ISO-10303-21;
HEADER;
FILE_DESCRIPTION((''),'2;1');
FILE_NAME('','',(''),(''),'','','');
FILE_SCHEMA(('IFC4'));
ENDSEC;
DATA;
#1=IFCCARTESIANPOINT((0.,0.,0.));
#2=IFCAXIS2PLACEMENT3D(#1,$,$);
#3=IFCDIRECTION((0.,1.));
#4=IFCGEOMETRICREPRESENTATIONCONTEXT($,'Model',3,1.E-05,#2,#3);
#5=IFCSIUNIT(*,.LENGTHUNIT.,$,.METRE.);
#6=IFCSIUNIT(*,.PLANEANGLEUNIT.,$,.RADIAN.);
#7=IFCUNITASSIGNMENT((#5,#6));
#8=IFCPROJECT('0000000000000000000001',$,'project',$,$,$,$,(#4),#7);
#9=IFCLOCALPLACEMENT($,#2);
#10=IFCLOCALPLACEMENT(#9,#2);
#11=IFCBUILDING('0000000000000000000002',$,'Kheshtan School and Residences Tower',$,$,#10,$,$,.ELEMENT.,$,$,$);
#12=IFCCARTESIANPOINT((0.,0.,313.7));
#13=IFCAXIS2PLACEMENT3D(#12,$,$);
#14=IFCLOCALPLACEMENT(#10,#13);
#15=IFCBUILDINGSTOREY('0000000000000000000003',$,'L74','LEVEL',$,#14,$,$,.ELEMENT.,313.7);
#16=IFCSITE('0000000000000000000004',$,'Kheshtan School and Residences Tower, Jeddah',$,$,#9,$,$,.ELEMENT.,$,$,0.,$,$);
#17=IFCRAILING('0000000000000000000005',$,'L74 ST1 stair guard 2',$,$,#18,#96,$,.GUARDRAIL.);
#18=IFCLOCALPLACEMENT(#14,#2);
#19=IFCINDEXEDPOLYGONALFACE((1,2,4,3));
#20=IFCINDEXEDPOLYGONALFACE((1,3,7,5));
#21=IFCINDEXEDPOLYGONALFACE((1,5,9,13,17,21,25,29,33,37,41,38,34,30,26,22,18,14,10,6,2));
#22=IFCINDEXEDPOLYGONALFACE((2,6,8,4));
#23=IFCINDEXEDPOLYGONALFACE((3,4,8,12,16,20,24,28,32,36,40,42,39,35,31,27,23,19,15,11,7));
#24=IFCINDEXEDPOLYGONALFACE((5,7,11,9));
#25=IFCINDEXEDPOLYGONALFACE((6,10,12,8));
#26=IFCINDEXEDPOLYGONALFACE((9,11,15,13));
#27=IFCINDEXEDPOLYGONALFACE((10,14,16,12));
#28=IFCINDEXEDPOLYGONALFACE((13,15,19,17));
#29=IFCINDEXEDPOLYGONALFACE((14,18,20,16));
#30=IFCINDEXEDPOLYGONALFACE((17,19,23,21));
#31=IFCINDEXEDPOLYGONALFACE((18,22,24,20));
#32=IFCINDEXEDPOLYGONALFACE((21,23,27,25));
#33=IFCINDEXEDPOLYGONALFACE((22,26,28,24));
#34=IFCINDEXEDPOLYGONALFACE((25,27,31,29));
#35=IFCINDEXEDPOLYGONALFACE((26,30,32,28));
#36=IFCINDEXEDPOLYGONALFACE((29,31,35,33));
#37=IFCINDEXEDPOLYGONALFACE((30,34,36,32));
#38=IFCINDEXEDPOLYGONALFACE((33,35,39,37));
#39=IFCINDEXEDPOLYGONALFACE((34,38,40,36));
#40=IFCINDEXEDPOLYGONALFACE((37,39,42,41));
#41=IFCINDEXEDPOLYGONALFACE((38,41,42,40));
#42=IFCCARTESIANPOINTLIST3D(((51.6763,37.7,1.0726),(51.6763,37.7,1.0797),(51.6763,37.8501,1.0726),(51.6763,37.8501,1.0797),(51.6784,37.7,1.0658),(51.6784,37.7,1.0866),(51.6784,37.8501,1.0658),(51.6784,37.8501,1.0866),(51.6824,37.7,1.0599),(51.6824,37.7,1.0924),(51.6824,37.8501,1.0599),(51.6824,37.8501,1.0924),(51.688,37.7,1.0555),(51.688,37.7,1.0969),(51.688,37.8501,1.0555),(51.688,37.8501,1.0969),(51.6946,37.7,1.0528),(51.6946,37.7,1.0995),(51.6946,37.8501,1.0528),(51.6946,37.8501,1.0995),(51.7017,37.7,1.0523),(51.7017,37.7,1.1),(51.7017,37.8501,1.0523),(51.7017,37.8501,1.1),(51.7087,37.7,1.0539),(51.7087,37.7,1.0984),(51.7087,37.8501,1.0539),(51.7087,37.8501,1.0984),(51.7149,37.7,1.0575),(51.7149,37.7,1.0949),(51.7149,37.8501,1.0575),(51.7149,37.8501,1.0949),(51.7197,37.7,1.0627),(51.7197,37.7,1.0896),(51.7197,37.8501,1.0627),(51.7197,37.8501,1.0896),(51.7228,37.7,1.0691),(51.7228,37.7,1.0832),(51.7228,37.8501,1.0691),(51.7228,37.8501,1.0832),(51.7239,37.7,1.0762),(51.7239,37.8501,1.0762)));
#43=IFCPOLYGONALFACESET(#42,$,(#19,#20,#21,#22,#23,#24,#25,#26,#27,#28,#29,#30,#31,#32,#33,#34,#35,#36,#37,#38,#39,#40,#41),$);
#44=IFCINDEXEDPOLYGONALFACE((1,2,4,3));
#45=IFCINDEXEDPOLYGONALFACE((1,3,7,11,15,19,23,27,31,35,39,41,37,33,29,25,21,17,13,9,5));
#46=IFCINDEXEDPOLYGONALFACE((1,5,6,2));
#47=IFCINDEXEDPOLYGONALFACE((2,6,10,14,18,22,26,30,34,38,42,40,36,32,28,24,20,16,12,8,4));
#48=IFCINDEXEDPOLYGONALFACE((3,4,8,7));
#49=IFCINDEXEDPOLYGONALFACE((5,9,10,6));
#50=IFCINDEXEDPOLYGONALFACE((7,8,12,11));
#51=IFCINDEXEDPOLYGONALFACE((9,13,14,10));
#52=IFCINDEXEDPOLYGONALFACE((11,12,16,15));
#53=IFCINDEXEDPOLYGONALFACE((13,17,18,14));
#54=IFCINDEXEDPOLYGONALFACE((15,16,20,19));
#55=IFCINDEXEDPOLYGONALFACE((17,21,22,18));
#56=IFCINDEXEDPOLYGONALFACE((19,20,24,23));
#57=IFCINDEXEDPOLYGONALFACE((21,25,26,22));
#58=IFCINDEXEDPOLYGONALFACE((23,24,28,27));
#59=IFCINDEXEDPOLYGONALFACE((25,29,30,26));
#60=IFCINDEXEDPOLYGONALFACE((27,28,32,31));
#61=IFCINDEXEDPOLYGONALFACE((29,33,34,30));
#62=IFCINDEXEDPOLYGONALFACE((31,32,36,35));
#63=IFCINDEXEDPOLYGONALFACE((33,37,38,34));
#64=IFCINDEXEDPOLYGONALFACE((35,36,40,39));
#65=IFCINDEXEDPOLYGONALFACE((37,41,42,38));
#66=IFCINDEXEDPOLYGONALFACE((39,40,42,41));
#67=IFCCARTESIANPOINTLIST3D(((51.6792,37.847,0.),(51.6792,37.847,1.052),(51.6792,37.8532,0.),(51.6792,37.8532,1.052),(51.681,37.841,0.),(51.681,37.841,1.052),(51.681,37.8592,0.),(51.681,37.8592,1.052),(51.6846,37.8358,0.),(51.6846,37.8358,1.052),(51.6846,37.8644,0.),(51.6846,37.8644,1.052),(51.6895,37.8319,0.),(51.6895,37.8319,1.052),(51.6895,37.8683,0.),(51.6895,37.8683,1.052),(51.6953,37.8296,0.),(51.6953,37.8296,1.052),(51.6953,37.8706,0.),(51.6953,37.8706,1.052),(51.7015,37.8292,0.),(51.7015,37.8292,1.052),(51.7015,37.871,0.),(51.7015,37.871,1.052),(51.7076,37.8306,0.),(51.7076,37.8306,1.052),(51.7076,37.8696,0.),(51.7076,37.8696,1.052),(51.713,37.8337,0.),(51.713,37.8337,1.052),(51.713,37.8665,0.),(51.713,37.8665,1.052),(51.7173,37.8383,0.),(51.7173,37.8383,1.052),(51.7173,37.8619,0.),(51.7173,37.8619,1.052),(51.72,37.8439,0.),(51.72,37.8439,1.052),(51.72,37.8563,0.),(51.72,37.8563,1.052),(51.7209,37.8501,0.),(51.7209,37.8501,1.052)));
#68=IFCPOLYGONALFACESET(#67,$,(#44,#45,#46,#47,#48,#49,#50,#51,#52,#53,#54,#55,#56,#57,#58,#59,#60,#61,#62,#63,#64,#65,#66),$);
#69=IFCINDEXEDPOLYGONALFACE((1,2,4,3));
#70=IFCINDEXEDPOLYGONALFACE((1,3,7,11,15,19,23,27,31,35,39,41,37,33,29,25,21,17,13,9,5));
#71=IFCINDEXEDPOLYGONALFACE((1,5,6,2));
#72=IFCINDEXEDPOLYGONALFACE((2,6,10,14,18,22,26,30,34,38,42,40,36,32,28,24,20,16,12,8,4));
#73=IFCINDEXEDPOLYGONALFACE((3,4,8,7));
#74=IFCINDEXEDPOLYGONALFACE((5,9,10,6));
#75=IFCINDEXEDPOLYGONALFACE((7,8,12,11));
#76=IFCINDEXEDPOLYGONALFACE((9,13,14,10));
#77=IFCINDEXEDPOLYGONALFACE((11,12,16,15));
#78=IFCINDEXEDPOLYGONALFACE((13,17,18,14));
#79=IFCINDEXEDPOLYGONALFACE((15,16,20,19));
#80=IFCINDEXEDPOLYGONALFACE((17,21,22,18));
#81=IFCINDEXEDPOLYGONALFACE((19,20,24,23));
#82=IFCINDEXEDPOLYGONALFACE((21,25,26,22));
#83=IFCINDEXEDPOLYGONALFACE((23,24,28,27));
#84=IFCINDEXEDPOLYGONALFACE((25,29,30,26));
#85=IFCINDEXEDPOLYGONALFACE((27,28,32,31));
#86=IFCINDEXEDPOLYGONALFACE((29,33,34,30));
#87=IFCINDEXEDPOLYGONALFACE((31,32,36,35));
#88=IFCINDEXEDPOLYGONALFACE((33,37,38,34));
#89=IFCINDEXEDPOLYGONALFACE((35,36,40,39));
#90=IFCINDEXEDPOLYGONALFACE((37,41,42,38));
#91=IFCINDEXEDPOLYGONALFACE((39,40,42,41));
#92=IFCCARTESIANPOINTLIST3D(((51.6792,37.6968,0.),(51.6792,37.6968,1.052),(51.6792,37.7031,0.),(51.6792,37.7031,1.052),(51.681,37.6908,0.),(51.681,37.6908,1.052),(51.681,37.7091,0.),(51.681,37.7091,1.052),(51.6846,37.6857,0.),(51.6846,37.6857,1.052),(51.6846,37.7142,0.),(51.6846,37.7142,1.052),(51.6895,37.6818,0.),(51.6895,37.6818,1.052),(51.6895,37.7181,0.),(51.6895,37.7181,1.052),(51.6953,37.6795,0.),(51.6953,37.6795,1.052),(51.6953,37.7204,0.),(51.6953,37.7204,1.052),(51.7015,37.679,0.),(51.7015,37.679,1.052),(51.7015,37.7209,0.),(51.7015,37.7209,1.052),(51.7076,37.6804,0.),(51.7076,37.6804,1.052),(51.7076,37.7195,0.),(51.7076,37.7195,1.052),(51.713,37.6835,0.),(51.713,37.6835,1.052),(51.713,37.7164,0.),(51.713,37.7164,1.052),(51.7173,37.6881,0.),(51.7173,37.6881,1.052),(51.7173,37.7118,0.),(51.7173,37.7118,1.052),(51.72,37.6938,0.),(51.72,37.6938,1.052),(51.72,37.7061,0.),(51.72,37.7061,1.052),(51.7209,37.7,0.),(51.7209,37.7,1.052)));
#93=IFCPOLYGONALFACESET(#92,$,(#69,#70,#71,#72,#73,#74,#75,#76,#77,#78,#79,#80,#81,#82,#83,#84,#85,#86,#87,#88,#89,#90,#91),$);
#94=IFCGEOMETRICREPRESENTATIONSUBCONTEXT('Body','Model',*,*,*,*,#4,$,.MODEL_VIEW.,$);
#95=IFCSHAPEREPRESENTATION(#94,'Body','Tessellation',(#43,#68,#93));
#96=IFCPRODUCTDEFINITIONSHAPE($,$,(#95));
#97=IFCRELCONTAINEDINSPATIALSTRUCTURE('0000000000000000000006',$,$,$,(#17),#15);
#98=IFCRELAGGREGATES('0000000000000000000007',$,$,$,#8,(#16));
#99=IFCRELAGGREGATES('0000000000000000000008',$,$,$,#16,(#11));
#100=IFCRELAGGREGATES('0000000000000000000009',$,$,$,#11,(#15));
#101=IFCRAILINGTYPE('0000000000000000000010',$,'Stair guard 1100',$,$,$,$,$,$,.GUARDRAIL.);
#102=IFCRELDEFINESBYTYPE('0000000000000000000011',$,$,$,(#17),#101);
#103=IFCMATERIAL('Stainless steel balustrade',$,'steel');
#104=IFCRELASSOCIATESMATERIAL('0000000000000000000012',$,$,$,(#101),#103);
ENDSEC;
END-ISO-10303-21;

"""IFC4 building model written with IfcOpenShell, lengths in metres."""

from ifc_helpers import new_model, si_unit, direction, frame, origin, origin_2d, place, context, subcontext, project, spatial, circle, extrude, material, type_object, element, save


model = new_model("IFC4")

# Units and contexts
model_context = context("Model", 3, precision=1e-05, world=origin(), true_north=direction((0.0, 1.0)))
body_context = subcontext(model_context, "Body", "Model", "MODEL_VIEW")
ifc_project = project(units=[si_unit("LENGTHUNIT", "METRE"), si_unit("PLANEANGLEUNIT", "RADIAN")], contexts=[model_context])

# Site, building, storey
site_placement = place(None, origin())
site = spatial("IfcSite", under=ifc_project, at=site_placement, Name="Kheshtan School and Residences Tower, Jeddah", CompositionType="ELEMENT", RefElevation=0.0)
building_placement = place(site_placement, origin())
building = spatial("IfcBuilding", under=site, at=building_placement, Name="Kheshtan School and Residences Tower", CompositionType="ELEMENT")
storey_placement = place(building_placement, frame((0.0, 0.0, 313.7)))
storey = spatial("IfcBuildingStorey", under=building, at=storey_placement, Name="L74", Description="LEVEL", CompositionType="ELEMENT", Elevation=313.7)

# Railing
ifc_material_1 = material(Name="Stainless steel balustrade", Category="steel")
railing_type_1 = type_object("IfcRailingType", Name="Stair guard 1100", PredefinedType="GUARDRAIL", material=ifc_material_1)
railing_1_placement = place(storey_placement, frame((51.7, 37.8501, 0.0)))
element("IfcRailing", 1, at=railing_1_placement, inside=storey, type_object=railing_type_1, Name="L74 ST1 stair guard 2", PredefinedType="GUARDRAIL", context=body_context, shape_type="SweptSolid", body=[
    extrude(circle(Radius=0.0239, at=origin_2d()), frame((0.0, 0.0, 1.0762), z_axis=(0.0, -1.0, 0.0), x_axis=(1.0, 0.0, 0.0)), (0.0, 0.0, 1.0), 0.1501),
    extrude(circle(Radius=0.021, at=origin_2d()), origin(), (0.0, 0.0, 1.0), 1.052),
    extrude(circle(Radius=0.021, at=origin_2d()), frame((0.0, -0.1501, 0.0)), (0.0, 0.0, 1.0), 1.052),
])

save(model, "model.ifc")
